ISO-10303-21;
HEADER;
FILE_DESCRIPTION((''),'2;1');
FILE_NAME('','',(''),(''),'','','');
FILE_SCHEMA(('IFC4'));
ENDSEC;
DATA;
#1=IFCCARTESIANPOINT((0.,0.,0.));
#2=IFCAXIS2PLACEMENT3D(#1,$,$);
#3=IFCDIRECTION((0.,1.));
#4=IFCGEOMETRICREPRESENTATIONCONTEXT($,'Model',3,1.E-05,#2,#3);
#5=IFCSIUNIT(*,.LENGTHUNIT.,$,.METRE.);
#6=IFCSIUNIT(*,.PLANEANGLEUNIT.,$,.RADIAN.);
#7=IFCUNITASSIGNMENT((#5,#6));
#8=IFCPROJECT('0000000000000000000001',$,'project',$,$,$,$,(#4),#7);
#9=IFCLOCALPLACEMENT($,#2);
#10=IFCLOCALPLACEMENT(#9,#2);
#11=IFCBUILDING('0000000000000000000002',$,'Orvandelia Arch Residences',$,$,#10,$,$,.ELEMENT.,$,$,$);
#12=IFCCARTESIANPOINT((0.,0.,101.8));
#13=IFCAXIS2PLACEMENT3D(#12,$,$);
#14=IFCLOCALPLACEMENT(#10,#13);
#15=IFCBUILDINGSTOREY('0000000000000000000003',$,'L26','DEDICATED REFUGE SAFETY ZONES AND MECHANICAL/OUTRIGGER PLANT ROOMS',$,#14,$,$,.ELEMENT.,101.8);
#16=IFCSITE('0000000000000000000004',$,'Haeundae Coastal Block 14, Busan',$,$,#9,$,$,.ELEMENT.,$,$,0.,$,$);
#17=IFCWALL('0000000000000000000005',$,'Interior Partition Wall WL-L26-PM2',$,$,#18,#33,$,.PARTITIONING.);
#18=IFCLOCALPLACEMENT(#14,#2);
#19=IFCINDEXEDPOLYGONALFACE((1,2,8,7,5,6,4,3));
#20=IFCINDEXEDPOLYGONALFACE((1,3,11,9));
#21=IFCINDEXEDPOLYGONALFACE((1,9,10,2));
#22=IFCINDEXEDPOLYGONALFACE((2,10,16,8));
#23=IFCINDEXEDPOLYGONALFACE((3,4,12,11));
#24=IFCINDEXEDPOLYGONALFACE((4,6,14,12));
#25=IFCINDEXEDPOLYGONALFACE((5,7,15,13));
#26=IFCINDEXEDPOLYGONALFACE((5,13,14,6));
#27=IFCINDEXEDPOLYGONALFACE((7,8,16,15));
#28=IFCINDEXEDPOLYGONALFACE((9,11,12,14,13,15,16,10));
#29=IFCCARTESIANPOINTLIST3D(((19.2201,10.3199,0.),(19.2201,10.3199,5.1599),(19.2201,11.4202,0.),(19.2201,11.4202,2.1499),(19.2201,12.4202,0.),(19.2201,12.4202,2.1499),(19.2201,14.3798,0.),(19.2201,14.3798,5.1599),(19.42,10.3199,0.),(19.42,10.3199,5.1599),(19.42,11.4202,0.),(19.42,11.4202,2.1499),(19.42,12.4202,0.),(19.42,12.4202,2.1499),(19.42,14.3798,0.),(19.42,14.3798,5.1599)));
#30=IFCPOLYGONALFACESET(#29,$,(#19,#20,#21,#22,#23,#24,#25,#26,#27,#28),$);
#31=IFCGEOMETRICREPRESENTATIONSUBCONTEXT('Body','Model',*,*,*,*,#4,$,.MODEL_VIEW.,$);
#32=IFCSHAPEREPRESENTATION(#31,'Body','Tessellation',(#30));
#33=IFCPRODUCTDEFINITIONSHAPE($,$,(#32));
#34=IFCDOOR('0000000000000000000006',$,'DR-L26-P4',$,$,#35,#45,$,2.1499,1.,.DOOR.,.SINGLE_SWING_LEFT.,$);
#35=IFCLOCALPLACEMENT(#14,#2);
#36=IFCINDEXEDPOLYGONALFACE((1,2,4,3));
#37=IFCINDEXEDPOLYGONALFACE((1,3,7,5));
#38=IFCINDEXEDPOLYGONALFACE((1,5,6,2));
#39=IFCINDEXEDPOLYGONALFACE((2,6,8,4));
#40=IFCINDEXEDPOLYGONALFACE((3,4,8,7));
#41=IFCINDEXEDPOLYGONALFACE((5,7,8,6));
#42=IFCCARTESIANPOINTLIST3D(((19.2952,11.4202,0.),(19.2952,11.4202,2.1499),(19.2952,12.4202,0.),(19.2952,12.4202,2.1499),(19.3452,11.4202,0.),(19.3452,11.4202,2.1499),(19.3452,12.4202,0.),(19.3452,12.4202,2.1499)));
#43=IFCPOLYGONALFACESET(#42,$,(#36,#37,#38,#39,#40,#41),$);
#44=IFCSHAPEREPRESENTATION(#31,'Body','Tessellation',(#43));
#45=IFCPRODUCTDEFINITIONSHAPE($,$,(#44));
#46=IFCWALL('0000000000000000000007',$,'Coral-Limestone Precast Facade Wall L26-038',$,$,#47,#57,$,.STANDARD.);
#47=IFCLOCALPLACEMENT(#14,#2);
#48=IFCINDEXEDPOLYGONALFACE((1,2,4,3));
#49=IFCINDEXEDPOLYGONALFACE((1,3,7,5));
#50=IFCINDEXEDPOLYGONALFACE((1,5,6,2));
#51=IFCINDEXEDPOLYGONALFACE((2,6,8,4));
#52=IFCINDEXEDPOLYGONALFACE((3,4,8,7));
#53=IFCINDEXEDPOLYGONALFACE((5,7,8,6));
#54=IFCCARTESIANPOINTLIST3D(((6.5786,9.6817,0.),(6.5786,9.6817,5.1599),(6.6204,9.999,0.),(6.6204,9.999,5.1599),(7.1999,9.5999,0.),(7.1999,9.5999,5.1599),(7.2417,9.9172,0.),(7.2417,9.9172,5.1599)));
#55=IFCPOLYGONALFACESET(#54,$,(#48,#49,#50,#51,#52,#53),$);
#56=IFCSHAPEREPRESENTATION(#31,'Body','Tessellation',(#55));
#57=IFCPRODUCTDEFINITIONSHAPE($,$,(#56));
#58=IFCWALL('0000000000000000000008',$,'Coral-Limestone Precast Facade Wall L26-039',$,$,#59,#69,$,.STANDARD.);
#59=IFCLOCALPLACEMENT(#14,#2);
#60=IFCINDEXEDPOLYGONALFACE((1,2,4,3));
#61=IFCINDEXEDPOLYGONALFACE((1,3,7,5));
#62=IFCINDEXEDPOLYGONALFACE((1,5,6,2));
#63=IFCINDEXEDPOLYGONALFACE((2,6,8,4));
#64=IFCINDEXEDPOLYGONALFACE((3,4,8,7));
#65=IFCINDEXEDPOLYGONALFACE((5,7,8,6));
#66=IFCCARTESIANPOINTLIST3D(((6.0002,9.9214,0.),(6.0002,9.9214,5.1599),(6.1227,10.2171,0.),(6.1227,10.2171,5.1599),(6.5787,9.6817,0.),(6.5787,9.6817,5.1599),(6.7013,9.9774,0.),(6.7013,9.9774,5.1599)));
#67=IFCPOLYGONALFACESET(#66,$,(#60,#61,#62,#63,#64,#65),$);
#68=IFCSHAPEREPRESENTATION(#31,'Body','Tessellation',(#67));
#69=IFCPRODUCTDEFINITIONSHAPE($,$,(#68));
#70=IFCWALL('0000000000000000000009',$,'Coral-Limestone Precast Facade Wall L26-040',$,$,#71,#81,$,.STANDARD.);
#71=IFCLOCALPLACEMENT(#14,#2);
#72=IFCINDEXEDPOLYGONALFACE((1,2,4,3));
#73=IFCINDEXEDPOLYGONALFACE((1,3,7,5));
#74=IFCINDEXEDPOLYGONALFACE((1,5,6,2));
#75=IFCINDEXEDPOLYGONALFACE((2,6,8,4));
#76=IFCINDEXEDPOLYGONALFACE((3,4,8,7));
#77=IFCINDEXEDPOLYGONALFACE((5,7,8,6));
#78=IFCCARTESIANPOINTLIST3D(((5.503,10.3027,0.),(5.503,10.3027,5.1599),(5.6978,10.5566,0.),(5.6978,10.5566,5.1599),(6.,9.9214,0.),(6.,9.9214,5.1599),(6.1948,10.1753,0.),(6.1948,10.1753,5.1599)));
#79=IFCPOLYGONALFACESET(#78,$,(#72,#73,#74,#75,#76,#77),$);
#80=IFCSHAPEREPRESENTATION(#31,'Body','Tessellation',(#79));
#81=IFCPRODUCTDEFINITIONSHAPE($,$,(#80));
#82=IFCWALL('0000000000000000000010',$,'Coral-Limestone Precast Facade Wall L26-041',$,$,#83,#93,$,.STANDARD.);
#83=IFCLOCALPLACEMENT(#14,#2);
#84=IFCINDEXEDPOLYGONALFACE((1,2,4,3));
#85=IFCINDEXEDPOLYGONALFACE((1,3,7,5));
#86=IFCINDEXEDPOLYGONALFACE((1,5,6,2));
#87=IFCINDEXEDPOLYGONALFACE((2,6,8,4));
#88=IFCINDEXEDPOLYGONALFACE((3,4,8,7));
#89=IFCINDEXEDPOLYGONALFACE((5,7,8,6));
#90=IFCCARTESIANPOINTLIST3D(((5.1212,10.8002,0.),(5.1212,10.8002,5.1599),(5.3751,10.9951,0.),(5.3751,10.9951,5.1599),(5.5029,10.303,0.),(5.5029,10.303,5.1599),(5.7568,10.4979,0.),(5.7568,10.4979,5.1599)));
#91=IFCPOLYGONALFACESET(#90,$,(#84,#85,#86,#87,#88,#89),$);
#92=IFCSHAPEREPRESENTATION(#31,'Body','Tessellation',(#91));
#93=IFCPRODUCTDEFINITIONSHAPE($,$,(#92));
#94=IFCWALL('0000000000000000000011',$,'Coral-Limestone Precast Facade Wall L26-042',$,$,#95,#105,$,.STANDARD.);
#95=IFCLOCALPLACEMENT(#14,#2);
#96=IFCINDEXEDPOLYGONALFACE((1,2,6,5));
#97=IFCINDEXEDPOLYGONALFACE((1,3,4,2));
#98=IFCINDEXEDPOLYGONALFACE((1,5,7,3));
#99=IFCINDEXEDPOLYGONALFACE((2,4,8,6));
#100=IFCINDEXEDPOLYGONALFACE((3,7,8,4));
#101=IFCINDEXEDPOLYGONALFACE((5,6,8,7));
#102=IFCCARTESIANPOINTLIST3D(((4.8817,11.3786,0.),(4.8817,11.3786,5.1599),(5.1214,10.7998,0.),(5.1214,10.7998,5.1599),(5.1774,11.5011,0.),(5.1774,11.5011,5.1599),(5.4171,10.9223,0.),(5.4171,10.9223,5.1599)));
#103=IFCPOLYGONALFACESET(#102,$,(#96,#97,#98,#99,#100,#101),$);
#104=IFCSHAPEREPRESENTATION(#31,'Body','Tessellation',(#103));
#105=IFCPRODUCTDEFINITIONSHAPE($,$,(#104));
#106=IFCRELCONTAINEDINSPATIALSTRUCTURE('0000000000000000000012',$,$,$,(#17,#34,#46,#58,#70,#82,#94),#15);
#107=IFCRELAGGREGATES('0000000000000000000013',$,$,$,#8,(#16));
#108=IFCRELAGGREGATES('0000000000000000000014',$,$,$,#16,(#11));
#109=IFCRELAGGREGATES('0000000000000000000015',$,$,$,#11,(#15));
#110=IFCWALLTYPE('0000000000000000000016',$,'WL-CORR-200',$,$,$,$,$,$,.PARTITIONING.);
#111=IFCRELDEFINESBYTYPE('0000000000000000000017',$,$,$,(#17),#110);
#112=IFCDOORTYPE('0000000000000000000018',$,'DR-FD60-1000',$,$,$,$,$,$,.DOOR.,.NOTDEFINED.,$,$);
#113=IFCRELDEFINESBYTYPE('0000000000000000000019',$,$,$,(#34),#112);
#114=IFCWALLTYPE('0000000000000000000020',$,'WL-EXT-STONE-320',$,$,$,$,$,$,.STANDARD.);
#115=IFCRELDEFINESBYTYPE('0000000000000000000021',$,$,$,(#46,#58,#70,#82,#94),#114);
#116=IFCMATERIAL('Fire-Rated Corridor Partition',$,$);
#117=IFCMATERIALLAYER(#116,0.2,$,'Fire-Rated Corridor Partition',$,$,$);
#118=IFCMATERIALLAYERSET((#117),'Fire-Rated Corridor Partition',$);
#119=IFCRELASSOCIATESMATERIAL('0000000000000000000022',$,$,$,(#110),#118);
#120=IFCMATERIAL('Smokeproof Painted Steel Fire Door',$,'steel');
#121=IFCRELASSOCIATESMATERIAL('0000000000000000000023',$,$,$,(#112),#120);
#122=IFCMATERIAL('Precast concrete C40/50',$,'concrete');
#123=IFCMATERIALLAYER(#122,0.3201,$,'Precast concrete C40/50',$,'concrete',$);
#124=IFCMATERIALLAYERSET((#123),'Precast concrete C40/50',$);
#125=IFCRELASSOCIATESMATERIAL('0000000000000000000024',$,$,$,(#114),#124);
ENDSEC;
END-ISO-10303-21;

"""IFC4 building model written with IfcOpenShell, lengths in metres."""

from ifc_helpers import new_model, si_unit, direction, frame, frame_2d, origin, place, context, subcontext, project, spatial, rectangle, extrude, material, layer, layer_set, type_object, element, fill, save


model = new_model("IFC4")

# Units and contexts
model_context = context("Model", 3, precision=1e-05, world=origin(), true_north=direction((0.0, 1.0)))
body_context = subcontext(model_context, "Body", "Model", "MODEL_VIEW")
ifc_project = project(units=[si_unit("LENGTHUNIT", "METRE"), si_unit("PLANEANGLEUNIT", "RADIAN")], contexts=[model_context])

# Site, building, storey
site_placement = place(None, origin())
site = spatial("IfcSite", under=ifc_project, at=site_placement, Name="Haeundae Coastal Block 14, Busan", CompositionType="ELEMENT", RefElevation=0.0)
building_placement = place(site_placement, origin())
building = spatial("IfcBuilding", under=site, at=building_placement, Name="Orvandelia Arch Residences", CompositionType="ELEMENT")
storey_placement = place(building_placement, frame((0.0, 0.0, 101.8)))
storey = spatial("IfcBuildingStorey", under=building, at=storey_placement, Name="L26", Description="DEDICATED REFUGE SAFETY ZONES AND MECHANICAL/OUTRIGGER PLANT ROOMS", CompositionType="ELEMENT", Elevation=101.8)

# Shared definitions
ifc_material_1 = material(Name="Fire-Rated Corridor Partition")
ifc_layer_1 = layer(ifc_material_1, 0.2, Name="Fire-Rated Corridor Partition")
ifc_layer_set_1 = layer_set([ifc_layer_1], Name="Fire-Rated Corridor Partition")
wall_type_1 = type_object("IfcWallType", Name="WL-CORR-200", PredefinedType="PARTITIONING", material=ifc_layer_set_1)
ifc_material_2 = material(Name="Smokeproof Painted Steel Fire Door", Category="steel")
door_type = type_object("IfcDoorType", Name="DR-FD60-1000", OperationType="NOTDEFINED", PredefinedType="DOOR", material=ifc_material_2)

# Wall, opening, door
wall_1_placement = place(storey_placement, frame((19.3201, 10.3201, 0.0), z_axis=(0.0, 0.0, 1.0), x_axis=(0.0, 1.0, 0.0)))
wall_1 = element("IfcWall", 1, at=wall_1_placement, inside=storey, type_object=wall_type_1, Name="Interior Partition Wall WL-L26-PM2", PredefinedType="PARTITIONING", context=body_context, shape_type="SweptSolid", body=[
    extrude(rectangle(XDim=4.0598, YDim=0.2, at=frame_2d((2.0298, 0.0))), origin(), (0.0, 0.0, 1.0), 5.1599),
])
opening_1_placement = place(wall_1_placement, frame((1.1001, 0.0, 0.0)))
opening_1 = element("IfcOpeningElement", 2, at=opening_1_placement, cuts=wall_1, PredefinedType="OPENING", context=body_context, shape_type="SweptSolid", body=[
    extrude(rectangle(XDim=1.0, YDim=2.1499, at=frame_2d((0.5, 1.075))), frame((0.0, 0.1099, 0.0), z_axis=(0.0, -1.0, 0.0), x_axis=(1.0, 0.0, 0.0)), (0.0, 0.0, 1.0), 0.22),
])
door_1_placement = place(opening_1_placement, origin())
door_1 = element("IfcDoor", 3, at=door_1_placement, inside=storey, type_object=door_type, Name="DR-L26-P4", OperationType="SINGLE_SWING_LEFT", OverallHeight=2.1499, OverallWidth=1.0, PredefinedType="DOOR", context=body_context, shape_type="SweptSolid", body=[
    extrude(rectangle(XDim=1.0, YDim=2.1499, at=frame_2d((0.5, 1.075))), frame((0.0, 0.0249, 0.0), z_axis=(0.0, -1.0, 0.0), x_axis=(1.0, 0.0, 0.0)), (0.0, 0.0, 1.0), 0.05),
])
fill(opening_1, door_1)

# Walls
ifc_material_3 = material(Name="Precast concrete C40/50", Category="concrete")
ifc_layer_2 = layer(ifc_material_3, 0.3201, Name="Precast concrete C40/50", Category="concrete")
ifc_layer_set_2 = layer_set([ifc_layer_2], Name="Precast concrete C40/50")
wall_type_2 = type_object("IfcWallType", Name="WL-EXT-STONE-320", PredefinedType="STANDARD", material=ifc_layer_set_2)
wall_2_placement = place(storey_placement, frame((7.2209, 9.7585, 0.0), z_axis=(0.0, 0.0, 1.0), x_axis=(-0.991448, 0.130505, 0.0)))
element("IfcWall", 4, at=wall_2_placement, inside=storey, type_object=wall_type_2, Name="Coral-Limestone Precast Facade Wall L26-038", PredefinedType="STANDARD", context=body_context, shape_type="SweptSolid", body=[
    extrude(rectangle(XDim=0.6267, YDim=0.3201, at=frame_2d((0.3135, 0.0))), origin(), (0.0, 0.0, 1.0), 5.1599),
])
wall_3_placement = place(storey_placement, frame((6.6399, 9.8296, 0.0), z_axis=(0.0, 0.0, 1.0), x_axis=(-0.923836, 0.382788, 0.0)))
element("IfcWall", 5, at=wall_3_placement, inside=storey, type_object=wall_type_2, Name="Coral-Limestone Precast Facade Wall L26-039", PredefinedType="STANDARD", context=body_context, shape_type="SweptSolid", body=[
    extrude(rectangle(XDim=0.6262, YDim=0.3201, at=frame_2d((0.313, 0.0))), origin(), (0.0, 0.0, 1.0), 5.1599),
])
wall_4_placement = place(storey_placement, frame((6.0974, 10.0483, 0.0), z_axis=(0.0, 0.0, 1.0), x_axis=(-0.793406, 0.608693, 0.0)))
element("IfcWall", 6, at=wall_4_placement, inside=storey, type_object=wall_type_2, Name="Coral-Limestone Precast Facade Wall L26-040", PredefinedType="STANDARD", context=body_context, shape_type="SweptSolid", body=[
    extrude(rectangle(XDim=0.6265, YDim=0.3201, at=frame_2d((0.3132, 0.0))), origin(), (0.0, 0.0, 1.0), 5.1599),
])
wall_5_placement = place(storey_placement, frame((5.6299, 10.4004, 0.0), z_axis=(0.0, 0.0, 1.0), x_axis=(-0.608939, 0.793217, 0.0)))
element("IfcWall", 7, at=wall_5_placement, inside=storey, type_object=wall_type_2, Name="Coral-Limestone Precast Facade Wall L26-041", PredefinedType="STANDARD", context=body_context, shape_type="SweptSolid", body=[
    extrude(rectangle(XDim=0.6267, YDim=0.3201, at=frame_2d((0.3135, 0.0))), origin(), (0.0, 0.0, 1.0), 5.1599),
])
wall_6_placement = place(storey_placement, frame((5.2693, 10.8611, 0.0), z_axis=(0.0, 0.0, 1.0), x_axis=(-0.38265, 0.923893, 0.0)))
element("IfcWall", 8, at=wall_6_placement, inside=storey, type_object=wall_type_2, Name="Coral-Limestone Precast Facade Wall L26-042", PredefinedType="STANDARD", context=body_context, shape_type="SweptSolid", body=[
    extrude(rectangle(XDim=0.6265, YDim=0.3201, at=frame_2d((0.3132, 0.0))), origin(), (0.0, 0.0, 1.0), 5.1599),
])

save(model, "model.ifc")
